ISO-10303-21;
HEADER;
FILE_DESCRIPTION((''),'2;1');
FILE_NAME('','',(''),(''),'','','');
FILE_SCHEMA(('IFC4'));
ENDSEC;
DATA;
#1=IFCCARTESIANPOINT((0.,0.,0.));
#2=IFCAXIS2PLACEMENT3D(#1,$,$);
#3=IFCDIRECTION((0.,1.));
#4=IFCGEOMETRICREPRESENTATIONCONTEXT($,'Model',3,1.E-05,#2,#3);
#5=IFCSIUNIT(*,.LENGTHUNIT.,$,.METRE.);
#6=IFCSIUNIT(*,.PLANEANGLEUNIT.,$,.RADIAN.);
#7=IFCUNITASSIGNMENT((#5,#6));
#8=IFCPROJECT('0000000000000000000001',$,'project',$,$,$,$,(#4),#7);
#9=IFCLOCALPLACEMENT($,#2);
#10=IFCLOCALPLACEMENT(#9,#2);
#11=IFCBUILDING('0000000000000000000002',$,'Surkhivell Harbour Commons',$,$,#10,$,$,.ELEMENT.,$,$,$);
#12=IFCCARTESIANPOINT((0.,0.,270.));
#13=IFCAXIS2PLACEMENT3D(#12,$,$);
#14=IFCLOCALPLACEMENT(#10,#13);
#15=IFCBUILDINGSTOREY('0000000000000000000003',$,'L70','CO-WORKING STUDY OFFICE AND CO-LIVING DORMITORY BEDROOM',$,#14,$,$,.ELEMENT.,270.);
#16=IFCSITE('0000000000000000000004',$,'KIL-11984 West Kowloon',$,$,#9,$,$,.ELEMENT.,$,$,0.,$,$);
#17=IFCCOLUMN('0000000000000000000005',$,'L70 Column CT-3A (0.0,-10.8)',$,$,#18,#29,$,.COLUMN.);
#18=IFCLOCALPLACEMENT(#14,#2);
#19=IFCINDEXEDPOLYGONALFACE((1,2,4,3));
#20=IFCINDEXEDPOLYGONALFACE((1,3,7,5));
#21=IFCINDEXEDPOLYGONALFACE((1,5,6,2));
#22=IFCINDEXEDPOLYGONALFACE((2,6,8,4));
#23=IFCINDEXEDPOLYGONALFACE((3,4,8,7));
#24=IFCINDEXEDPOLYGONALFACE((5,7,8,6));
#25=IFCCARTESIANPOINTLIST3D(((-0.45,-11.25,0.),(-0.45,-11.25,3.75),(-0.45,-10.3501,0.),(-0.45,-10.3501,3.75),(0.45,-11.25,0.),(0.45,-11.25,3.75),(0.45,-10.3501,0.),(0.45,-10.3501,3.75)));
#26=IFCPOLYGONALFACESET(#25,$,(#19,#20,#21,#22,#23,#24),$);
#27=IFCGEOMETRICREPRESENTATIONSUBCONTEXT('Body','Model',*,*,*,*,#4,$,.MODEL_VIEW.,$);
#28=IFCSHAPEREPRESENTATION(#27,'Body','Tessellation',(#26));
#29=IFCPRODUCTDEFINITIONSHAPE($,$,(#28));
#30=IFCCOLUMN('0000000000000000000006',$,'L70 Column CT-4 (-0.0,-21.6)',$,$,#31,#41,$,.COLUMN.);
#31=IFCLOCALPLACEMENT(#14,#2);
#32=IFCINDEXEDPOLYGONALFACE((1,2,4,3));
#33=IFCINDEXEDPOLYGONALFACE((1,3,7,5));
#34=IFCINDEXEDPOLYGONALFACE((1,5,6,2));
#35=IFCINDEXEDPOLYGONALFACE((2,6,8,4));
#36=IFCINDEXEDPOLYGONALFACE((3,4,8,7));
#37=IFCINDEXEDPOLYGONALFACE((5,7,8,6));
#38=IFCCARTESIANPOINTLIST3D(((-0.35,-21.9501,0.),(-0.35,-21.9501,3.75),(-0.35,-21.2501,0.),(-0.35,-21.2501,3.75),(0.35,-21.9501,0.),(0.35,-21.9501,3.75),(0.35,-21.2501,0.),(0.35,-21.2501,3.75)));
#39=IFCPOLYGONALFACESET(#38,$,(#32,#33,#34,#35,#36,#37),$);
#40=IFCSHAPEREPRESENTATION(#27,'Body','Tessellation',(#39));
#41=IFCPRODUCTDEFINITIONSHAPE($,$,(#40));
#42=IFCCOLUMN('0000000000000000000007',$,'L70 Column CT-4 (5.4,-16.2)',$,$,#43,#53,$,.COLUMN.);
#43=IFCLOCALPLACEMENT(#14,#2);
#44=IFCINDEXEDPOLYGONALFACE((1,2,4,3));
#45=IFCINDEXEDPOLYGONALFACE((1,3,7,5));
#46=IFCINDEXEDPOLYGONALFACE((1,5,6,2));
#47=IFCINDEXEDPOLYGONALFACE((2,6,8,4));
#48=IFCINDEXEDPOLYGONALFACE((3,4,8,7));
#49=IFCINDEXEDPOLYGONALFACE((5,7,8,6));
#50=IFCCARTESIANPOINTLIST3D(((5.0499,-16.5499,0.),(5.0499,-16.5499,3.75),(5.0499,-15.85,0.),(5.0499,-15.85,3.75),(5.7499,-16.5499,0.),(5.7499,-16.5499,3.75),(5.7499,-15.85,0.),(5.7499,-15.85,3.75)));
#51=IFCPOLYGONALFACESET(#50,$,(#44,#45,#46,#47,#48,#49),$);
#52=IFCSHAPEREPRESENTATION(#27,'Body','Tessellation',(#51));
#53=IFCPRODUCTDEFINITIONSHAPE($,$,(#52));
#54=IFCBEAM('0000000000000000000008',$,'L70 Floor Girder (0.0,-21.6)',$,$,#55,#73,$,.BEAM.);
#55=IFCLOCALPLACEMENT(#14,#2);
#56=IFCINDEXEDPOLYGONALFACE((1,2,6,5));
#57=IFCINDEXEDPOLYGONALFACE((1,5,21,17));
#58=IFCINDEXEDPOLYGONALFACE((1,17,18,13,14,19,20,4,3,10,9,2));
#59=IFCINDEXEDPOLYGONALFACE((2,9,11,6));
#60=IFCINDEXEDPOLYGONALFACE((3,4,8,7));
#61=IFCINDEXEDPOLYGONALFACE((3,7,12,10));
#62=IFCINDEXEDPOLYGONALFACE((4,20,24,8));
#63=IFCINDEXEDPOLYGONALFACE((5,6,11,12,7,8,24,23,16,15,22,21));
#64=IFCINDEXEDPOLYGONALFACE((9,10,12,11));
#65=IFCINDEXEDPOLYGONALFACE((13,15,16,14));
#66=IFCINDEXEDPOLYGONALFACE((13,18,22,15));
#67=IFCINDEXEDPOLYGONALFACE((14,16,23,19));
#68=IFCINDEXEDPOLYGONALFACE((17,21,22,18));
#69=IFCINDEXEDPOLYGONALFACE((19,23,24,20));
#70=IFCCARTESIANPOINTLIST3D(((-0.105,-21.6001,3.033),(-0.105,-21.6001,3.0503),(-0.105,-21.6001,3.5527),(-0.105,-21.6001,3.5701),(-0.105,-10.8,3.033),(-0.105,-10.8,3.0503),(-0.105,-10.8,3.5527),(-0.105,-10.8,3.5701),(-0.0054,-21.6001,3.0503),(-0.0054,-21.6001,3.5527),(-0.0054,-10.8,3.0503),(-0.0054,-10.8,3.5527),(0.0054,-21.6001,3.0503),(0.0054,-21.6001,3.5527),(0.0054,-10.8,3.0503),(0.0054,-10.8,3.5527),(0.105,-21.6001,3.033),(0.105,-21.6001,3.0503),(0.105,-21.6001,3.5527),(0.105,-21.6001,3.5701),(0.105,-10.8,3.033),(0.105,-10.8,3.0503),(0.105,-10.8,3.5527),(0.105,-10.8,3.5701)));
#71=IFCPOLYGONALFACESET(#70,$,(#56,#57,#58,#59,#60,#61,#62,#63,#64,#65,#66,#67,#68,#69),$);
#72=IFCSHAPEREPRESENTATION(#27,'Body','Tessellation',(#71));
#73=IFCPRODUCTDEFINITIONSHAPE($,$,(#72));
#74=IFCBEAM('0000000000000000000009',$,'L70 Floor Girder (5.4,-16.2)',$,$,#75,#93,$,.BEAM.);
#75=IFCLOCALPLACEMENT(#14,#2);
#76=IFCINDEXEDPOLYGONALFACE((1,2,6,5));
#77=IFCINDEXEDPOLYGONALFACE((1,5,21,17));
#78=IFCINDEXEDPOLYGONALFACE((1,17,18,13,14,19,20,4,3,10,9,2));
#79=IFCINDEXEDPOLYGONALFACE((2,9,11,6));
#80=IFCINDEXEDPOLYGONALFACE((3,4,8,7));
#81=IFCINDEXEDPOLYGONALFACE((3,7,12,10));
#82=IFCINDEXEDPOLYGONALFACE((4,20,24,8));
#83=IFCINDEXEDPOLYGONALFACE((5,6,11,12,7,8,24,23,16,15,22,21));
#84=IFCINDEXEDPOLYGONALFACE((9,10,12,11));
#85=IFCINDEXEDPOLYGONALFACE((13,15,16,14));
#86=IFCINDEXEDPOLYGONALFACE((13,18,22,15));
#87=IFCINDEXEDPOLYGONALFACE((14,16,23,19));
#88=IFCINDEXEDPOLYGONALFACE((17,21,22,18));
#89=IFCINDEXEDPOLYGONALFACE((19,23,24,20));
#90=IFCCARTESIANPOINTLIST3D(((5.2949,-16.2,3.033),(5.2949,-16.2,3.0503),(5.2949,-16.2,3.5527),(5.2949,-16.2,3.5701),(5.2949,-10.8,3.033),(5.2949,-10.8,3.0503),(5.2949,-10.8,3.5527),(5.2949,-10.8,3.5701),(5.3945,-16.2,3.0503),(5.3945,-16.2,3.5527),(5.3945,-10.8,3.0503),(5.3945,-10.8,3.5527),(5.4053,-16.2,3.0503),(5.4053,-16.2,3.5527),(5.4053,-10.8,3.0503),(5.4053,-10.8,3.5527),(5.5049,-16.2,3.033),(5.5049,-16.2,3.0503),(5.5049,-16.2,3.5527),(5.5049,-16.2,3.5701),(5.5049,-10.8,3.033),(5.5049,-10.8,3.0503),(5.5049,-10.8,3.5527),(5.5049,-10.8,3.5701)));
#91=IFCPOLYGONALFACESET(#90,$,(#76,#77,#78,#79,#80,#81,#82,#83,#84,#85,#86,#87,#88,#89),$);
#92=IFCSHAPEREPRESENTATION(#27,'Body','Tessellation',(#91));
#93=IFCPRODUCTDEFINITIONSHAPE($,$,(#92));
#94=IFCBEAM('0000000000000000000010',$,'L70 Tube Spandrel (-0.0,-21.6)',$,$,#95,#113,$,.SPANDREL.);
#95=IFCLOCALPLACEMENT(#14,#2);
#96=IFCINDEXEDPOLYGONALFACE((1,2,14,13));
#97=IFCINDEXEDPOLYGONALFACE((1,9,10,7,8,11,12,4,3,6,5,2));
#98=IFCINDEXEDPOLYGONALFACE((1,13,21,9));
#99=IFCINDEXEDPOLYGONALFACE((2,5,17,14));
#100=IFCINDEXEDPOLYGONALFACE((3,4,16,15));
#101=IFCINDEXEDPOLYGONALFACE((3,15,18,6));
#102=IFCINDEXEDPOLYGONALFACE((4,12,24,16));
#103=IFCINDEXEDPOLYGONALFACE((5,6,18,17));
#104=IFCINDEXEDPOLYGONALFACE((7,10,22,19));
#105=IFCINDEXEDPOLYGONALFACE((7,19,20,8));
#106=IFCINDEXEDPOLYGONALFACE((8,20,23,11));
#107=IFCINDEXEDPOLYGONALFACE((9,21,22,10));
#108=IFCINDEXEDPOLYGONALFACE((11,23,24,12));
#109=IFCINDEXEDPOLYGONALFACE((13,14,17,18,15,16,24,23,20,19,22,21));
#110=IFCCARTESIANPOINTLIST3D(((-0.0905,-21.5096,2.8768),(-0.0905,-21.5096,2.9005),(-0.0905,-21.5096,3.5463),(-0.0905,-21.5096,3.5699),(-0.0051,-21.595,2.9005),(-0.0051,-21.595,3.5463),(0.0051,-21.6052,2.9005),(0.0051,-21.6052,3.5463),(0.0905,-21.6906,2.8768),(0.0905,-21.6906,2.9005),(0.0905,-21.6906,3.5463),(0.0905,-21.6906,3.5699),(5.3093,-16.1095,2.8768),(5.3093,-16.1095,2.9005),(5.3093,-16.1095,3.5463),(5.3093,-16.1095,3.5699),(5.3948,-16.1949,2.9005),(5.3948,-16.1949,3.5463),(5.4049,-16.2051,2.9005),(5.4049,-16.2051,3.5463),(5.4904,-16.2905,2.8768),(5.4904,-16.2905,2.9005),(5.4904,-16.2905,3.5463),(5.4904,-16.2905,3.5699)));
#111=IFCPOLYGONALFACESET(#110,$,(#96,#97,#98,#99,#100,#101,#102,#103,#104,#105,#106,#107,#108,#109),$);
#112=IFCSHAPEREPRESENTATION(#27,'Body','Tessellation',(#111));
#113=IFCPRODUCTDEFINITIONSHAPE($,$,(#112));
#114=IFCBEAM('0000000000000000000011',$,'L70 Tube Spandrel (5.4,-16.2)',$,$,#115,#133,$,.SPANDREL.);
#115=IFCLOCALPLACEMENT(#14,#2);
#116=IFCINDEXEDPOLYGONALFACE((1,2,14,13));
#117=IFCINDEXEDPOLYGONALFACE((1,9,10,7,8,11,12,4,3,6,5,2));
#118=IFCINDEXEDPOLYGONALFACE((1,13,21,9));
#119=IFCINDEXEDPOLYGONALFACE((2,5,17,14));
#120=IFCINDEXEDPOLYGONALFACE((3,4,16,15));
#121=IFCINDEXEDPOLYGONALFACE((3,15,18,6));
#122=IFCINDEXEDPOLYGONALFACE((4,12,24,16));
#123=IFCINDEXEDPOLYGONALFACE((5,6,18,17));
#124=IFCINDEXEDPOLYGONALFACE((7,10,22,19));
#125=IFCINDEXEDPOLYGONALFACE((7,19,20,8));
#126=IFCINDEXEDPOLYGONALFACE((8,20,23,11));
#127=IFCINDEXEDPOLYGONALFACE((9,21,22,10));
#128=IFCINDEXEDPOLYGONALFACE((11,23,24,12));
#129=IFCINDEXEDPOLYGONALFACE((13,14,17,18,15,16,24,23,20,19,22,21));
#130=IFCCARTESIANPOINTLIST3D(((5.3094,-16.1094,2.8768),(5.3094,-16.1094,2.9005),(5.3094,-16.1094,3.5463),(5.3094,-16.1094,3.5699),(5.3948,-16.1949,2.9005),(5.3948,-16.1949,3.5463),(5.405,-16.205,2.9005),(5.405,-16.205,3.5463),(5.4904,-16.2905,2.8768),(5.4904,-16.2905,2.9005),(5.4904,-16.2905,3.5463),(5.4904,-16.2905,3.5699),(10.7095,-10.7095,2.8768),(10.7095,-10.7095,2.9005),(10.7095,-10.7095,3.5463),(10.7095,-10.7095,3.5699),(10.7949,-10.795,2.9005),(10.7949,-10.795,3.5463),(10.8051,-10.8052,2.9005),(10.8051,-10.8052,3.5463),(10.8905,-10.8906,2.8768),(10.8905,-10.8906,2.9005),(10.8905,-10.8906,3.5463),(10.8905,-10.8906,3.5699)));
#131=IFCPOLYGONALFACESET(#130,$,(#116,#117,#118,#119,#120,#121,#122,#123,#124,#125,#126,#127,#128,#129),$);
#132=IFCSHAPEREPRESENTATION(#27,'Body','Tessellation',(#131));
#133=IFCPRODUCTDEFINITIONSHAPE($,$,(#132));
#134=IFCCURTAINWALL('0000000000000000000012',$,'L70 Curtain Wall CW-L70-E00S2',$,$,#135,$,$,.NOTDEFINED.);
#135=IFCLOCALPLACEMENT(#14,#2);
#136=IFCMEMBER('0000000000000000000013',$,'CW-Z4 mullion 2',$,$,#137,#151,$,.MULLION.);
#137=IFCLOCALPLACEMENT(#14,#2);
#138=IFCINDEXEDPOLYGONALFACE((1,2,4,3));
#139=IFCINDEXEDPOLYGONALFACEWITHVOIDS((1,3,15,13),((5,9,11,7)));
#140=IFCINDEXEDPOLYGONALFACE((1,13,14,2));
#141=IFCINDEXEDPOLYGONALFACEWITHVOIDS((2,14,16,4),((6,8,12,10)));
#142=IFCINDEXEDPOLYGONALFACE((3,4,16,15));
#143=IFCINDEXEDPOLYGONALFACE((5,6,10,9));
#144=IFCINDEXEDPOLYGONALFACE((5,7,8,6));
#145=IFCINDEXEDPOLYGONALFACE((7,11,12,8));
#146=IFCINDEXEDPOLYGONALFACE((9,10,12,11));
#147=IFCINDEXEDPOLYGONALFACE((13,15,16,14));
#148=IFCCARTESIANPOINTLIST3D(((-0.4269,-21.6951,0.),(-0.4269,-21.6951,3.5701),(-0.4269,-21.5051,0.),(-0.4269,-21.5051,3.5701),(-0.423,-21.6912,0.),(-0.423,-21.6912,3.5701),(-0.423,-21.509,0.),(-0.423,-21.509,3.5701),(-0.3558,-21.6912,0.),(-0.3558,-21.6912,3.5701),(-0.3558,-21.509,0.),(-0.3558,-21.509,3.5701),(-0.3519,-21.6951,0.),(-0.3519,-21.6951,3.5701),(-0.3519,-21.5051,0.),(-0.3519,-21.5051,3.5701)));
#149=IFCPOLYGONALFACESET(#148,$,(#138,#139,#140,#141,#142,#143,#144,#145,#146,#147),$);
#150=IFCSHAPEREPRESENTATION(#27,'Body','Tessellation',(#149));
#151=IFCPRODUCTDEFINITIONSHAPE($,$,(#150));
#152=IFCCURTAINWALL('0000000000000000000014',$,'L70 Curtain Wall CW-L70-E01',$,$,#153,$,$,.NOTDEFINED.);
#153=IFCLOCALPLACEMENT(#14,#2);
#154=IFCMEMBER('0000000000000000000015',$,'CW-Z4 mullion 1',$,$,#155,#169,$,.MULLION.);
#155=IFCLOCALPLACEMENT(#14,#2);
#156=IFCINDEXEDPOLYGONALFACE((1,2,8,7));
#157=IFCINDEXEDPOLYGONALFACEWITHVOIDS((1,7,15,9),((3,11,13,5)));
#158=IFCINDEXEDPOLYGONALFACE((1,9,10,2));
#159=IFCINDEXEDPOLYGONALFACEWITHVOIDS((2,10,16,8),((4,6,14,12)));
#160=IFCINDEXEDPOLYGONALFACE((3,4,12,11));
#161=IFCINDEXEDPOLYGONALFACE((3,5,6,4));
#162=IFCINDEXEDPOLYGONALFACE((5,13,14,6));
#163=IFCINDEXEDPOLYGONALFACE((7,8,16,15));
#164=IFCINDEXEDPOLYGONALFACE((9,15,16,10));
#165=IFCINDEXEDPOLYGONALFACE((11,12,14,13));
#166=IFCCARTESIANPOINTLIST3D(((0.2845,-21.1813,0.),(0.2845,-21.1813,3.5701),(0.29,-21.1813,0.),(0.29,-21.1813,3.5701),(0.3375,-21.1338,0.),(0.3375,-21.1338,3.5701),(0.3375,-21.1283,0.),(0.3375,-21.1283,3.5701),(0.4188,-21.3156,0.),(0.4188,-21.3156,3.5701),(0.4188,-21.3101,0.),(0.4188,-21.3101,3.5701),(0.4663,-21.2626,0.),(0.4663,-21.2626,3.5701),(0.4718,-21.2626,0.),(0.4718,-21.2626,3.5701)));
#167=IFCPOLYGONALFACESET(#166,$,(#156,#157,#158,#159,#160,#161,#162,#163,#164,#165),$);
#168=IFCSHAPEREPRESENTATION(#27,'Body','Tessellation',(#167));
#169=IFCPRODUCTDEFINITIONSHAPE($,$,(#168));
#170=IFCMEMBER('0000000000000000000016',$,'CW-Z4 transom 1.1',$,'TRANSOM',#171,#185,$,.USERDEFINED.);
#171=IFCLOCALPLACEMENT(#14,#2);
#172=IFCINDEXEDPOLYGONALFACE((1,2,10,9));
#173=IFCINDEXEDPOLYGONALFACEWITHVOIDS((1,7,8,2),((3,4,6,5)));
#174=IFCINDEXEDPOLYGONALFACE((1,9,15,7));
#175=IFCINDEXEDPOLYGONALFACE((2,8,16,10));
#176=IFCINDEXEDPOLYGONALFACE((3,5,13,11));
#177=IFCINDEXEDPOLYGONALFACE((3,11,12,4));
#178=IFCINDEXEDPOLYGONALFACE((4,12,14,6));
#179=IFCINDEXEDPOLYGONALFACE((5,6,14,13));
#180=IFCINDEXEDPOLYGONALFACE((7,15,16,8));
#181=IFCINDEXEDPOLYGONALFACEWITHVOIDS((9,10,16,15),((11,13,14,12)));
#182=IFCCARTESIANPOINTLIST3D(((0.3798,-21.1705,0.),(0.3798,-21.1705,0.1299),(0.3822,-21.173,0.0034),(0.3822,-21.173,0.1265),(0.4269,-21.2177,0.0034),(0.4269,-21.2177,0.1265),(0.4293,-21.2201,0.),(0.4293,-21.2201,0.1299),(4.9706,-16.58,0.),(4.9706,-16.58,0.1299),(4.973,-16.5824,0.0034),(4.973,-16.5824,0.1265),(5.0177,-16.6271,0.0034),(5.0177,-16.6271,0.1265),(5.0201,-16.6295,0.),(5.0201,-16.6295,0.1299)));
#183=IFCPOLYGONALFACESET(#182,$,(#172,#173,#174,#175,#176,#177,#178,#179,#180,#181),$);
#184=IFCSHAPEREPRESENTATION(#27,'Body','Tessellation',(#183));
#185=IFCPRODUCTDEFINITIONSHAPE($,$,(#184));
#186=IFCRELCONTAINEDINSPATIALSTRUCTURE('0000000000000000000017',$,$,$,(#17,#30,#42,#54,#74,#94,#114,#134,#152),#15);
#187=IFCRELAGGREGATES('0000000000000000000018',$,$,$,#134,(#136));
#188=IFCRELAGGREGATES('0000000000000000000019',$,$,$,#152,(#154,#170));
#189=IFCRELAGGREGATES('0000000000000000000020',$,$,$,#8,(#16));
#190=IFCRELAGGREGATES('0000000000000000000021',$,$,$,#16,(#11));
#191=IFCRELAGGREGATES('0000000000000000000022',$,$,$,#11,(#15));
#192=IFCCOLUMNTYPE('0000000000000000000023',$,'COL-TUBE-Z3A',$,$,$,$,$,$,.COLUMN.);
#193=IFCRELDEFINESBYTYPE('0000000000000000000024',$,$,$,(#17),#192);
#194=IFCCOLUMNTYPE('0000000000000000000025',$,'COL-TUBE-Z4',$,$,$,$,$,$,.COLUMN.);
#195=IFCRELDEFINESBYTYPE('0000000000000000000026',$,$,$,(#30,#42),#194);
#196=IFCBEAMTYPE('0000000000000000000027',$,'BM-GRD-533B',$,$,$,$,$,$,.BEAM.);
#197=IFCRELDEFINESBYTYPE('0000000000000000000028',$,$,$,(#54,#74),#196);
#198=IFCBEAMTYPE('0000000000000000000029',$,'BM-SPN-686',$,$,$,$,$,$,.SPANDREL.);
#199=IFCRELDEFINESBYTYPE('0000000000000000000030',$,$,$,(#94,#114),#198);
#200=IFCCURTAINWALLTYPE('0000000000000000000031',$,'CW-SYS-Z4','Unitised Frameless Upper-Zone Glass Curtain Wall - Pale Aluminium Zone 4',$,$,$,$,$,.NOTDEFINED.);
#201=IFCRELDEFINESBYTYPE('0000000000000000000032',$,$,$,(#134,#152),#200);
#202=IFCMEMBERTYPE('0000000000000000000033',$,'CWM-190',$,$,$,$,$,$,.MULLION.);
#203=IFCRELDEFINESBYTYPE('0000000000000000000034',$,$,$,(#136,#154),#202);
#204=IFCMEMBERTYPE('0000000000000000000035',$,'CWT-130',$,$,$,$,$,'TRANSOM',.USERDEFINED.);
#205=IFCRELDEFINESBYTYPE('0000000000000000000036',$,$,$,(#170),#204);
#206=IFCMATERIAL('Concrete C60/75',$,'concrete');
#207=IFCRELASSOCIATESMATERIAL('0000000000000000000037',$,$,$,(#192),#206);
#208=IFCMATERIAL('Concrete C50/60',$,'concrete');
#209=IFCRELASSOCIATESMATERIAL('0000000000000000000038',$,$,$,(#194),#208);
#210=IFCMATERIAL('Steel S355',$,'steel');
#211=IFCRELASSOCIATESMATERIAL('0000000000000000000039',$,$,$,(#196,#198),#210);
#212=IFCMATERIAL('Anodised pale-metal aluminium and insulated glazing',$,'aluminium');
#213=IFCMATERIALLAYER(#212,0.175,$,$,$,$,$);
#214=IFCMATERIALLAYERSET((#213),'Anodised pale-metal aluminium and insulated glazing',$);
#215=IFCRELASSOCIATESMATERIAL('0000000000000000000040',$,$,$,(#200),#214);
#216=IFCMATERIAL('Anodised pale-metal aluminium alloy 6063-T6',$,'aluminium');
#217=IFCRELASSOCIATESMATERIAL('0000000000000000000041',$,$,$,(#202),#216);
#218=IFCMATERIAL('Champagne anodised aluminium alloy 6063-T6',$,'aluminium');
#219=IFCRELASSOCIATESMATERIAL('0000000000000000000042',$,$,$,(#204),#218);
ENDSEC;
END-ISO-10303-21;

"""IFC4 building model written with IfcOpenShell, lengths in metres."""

from ifc_helpers import new_model, si_unit, direction, frame, origin, origin_2d, place, context, subcontext, project, spatial, rectangle, hollow_rectangle, i_section, extrude, material, layer, layer_set, material_profile, profile_set, type_object, element, aggregate, save


model = new_model("IFC4")

# Units and contexts
model_context = context("Model", 3, precision=1e-05, world=origin(), true_north=direction((0.0, 1.0)))
body_context = subcontext(model_context, "Body", "Model", "MODEL_VIEW")
ifc_project = project(units=[si_unit("LENGTHUNIT", "METRE"), si_unit("PLANEANGLEUNIT", "RADIAN")], contexts=[model_context])

# Site, building, storey
site_placement = place(None, origin())
site = spatial("IfcSite", under=ifc_project, at=site_placement, Name="KIL-11984 West Kowloon", CompositionType="ELEMENT", RefElevation=0.0)
building_placement = place(site_placement, origin())
building = spatial("IfcBuilding", under=site, at=building_placement, Name="Surkhivell Harbour Commons", CompositionType="ELEMENT")
storey_placement = place(building_placement, frame((0.0, 0.0, 270.0)))
storey = spatial("IfcBuildingStorey", under=building, at=storey_placement, Name="L70", Description="CO-WORKING STUDY OFFICE AND CO-LIVING DORMITORY BEDROOM", CompositionType="ELEMENT", Elevation=270.0)

# Columns
ifc_material_1 = material(Name="Concrete C60/75", Category="concrete")
ifc_material_profile_1 = material_profile(ifc_material_1, rectangle(XDim=0.8999, YDim=0.8999, at=origin_2d()), Name="RC-COL-900x900")
ifc_profile_set_1 = profile_set([ifc_material_profile_1], Name="Concrete C60/75")
column_type_1 = type_object("IfcColumnType", Name="COL-TUBE-Z3A", PredefinedType="COLUMN", material=ifc_profile_set_1)
column_placement = place(storey_placement, frame((0.0, -10.8, 0.0), z_axis=(0.0, 0.0, 1.0), x_axis=(1.0, 0.0, 0.0)))
element("IfcColumn", 1, at=column_placement, inside=storey, type_object=column_type_1, Name="L70 Column CT-3A (0.0,-10.8)", PredefinedType="COLUMN", context=body_context, shape_type="SweptSolid", body=[
    extrude(rectangle(XDim=0.8999, YDim=0.8999, at=origin_2d()), origin(), (0.0, 0.0, 1.0), 3.75),
])
ifc_material_2 = material(Name="Concrete C50/60", Category="concrete")
ifc_material_profile_2 = material_profile(ifc_material_2, rectangle(XDim=0.7, YDim=0.7, at=origin_2d()), Name="RC-COL-700x700")
ifc_profile_set_2 = profile_set([ifc_material_profile_2], Name="Concrete C50/60")
column_type_2 = type_object("IfcColumnType", Name="COL-TUBE-Z4", PredefinedType="COLUMN", material=ifc_profile_set_2)
for number, where, z_axis, x_axis, name in (
    (2, (0.0, -21.6001, 0.0), (0.0, 0.0, 1.0), (1.0, 0.0, 0.0), "L70 Column CT-4 (-0.0,-21.6)"),
    (3, (5.3999, -16.2, 0.0), (0.0, 0.0, 1.0), (1.0, 0.0, 0.0), "L70 Column CT-4 (5.4,-16.2)"),
):
    element("IfcColumn", number, at=place(storey_placement, frame(where, z_axis=z_axis, x_axis=x_axis)), inside=storey, type_object=column_type_2, Name=name, PredefinedType="COLUMN", context=body_context, shape_type="SweptSolid", body=[
        extrude(rectangle(XDim=0.7, YDim=0.7, at=origin_2d()), origin(), (0.0, 0.0, 1.0), 3.75),
    ])

# Beams
ifc_material_3 = material(Name="Steel S355", Category="steel")
ifc_material_profile_3 = material_profile(ifc_material_3, i_section(OverallWidth=0.21, OverallDepth=0.5371, WebThickness=0.0107, FlangeThickness=0.0173, at=origin_2d()), Name="UB533x210x101")
ifc_profile_set_3 = profile_set([ifc_material_profile_3], Name="Steel S355")
beam_type_1 = type_object("IfcBeamType", Name="BM-GRD-533B", PredefinedType="BEAM", material=ifc_profile_set_3)
beam_1_placement = place(storey_placement, frame((0.0, -21.6001, 3.3015), z_axis=(0.0, 1.0, 0.0), x_axis=(-1.0, 0.0, 0.0)))
element("IfcBeam", 4, at=beam_1_placement, inside=storey, type_object=beam_type_1, Name="L70 Floor Girder (0.0,-21.6)", PredefinedType="BEAM", context=body_context, shape_type="SweptSolid", body=[
    extrude(i_section(OverallWidth=0.21, OverallDepth=0.5371, WebThickness=0.0107, FlangeThickness=0.0173, at=origin_2d()), origin(), (0.0, 0.0, 1.0), 10.8),
])
beam_2_placement = place(storey_placement, frame((5.3999, -16.2, 3.3015), z_axis=(0.0, 1.0, 0.0), x_axis=(-1.0, 0.0, 0.0)))
element("IfcBeam", 5, at=beam_2_placement, inside=storey, type_object=beam_type_1, Name="L70 Floor Girder (5.4,-16.2)", PredefinedType="BEAM", context=body_context, shape_type="SweptSolid", body=[
    extrude(i_section(OverallWidth=0.21, OverallDepth=0.5371, WebThickness=0.0107, FlangeThickness=0.0173, at=origin_2d()), origin(), (0.0, 0.0, 1.0), 5.3999),
])
ifc_material_profile_4 = material_profile(ifc_material_3, i_section(OverallWidth=0.2561, OverallDepth=0.6931, WebThickness=0.0144, FlangeThickness=0.0237, at=origin_2d()), Name="UB686x254x170")
ifc_profile_set_4 = profile_set([ifc_material_profile_4], Name="Steel S355")
beam_type_2 = type_object("IfcBeamType", Name="BM-SPN-686", PredefinedType="SPANDREL", material=ifc_profile_set_4)
for number, where, z_axis, x_axis, name in (
    (6, (0.0, -21.6001, 3.2234), (0.707091, 0.707123, 0.0), (-0.707123, 0.707091, 0.0), "L70 Tube Spandrel (-0.0,-21.6)"),
    (7, (5.3999, -16.2, 3.2234), (0.707123, 0.707091, 0.0), (-0.707091, 0.707123, 0.0), "L70 Tube Spandrel (5.4,-16.2)"),
):
    element("IfcBeam", number, at=place(storey_placement, frame(where, z_axis=z_axis, x_axis=x_axis)), inside=storey, type_object=beam_type_2, Name=name, PredefinedType="SPANDREL", context=body_context, shape_type="SweptSolid", body=[
        extrude(i_section(OverallWidth=0.2561, OverallDepth=0.6931, WebThickness=0.0144, FlangeThickness=0.0237, at=origin_2d()), origin(), (0.0, 0.0, 1.0), 7.6367),
    ])

# Curtain wall, member
ifc_material_4 = material(Name="Anodised pale-metal aluminium and insulated glazing", Category="aluminium")
ifc_layer_1 = layer(ifc_material_4, 0.175)
ifc_layer_set_1 = layer_set([ifc_layer_1], Name="Anodised pale-metal aluminium and insulated glazing")
curtain_wall_type = type_object("IfcCurtainWallType", Name="CW-SYS-Z4", Description="Unitised Frameless Upper-Zone Glass Curtain Wall - Pale Aluminium Zone 4", PredefinedType="NOTDEFINED", material=ifc_layer_set_1)
curtain_wall_1_placement = place(storey_placement, origin())
curtain_wall_1 = element("IfcCurtainWall", 8, at=curtain_wall_1_placement, inside=storey, type_object=curtain_wall_type, Name="L70 Curtain Wall CW-L70-E00S2", PredefinedType="NOTDEFINED")
ifc_material_5 = material(Name="Anodised pale-metal aluminium alloy 6063-T6", Category="aluminium")
ifc_material_profile_5 = material_profile(ifc_material_5, hollow_rectangle(XDim=0.075, YDim=0.1899, WallThickness=0.0039, at=origin_2d()), Name="ALU-MULL-75x190")
ifc_profile_set_5 = profile_set([ifc_material_profile_5], Name="Anodised pale-metal aluminium alloy 6063-T6")
member_type_1 = type_object("IfcMemberType", Name="CWM-190", PredefinedType="MULLION", material=ifc_profile_set_5)
member_1_placement = place(storey_placement, frame((-0.3894, -21.6001, 0.0), z_axis=(0.0, 0.0, 1.0), x_axis=(1.0, 0.0, 0.0)))
member_1 = element("IfcMember", 9, at=member_1_placement, type_object=member_type_1, Name="CW-Z4 mullion 2", PredefinedType="MULLION", context=body_context, shape_type="SweptSolid", body=[
    extrude(hollow_rectangle(XDim=0.075, YDim=0.1899, WallThickness=0.0039, at=origin_2d()), origin(), (0.0, 0.0, 1.0), 3.5701),
])
aggregate(curtain_wall_1, [member_1])

# Curtain wall, members
curtain_wall_2_placement = place(storey_placement, origin())
curtain_wall_2 = element("IfcCurtainWall", 10, at=curtain_wall_2_placement, inside=storey, type_object=curtain_wall_type, Name="L70 Curtain Wall CW-L70-E01", PredefinedType="NOTDEFINED")
member_2_placement = place(storey_placement, frame((0.3782, -21.2219, 0.0), z_axis=(0.0, 0.0, 1.0), x_axis=(0.707107, 0.707107, 0.0)))
member_2 = element("IfcMember", 11, at=member_2_placement, type_object=member_type_1, Name="CW-Z4 mullion 1", PredefinedType="MULLION", context=body_context, shape_type="SweptSolid", body=[
    extrude(hollow_rectangle(XDim=0.075, YDim=0.1899, WallThickness=0.0039, at=origin_2d()), origin(), (0.0, 0.0, 1.0), 3.5701),
])
ifc_material_6 = material(Name="Champagne anodised aluminium alloy 6063-T6", Category="aluminium")
ifc_material_profile_6 = material_profile(ifc_material_6, hollow_rectangle(XDim=0.0701, YDim=0.1299, WallThickness=0.0034, at=origin_2d()), Name="ALU-TRAN-70x130")
ifc_profile_set_6 = profile_set([ifc_material_profile_6], Name="Champagne anodised aluminium alloy 6063-T6")
member_type_2 = type_object("IfcMemberType", Name="CWT-130", ElementType="TRANSOM", PredefinedType="USERDEFINED", material=ifc_profile_set_6)
member_3_placement = place(storey_placement, frame((0.4045, -21.1953, 0.0649), z_axis=(0.707126, 0.707088, 0.0), x_axis=(-0.707088, 0.707126, 0.0)))
member_3 = element("IfcMember", 12, at=member_3_placement, type_object=member_type_2, Name="CW-Z4 transom 1.1", ObjectType="TRANSOM", PredefinedType="USERDEFINED", context=body_context, shape_type="SweptSolid", body=[
    extrude(hollow_rectangle(XDim=0.0701, YDim=0.1299, WallThickness=0.0034, at=origin_2d()), origin(), (0.0, 0.0, 1.0), 6.4922),
])
aggregate(curtain_wall_2, [member_2, member_3])

save(model, "model.ifc")
